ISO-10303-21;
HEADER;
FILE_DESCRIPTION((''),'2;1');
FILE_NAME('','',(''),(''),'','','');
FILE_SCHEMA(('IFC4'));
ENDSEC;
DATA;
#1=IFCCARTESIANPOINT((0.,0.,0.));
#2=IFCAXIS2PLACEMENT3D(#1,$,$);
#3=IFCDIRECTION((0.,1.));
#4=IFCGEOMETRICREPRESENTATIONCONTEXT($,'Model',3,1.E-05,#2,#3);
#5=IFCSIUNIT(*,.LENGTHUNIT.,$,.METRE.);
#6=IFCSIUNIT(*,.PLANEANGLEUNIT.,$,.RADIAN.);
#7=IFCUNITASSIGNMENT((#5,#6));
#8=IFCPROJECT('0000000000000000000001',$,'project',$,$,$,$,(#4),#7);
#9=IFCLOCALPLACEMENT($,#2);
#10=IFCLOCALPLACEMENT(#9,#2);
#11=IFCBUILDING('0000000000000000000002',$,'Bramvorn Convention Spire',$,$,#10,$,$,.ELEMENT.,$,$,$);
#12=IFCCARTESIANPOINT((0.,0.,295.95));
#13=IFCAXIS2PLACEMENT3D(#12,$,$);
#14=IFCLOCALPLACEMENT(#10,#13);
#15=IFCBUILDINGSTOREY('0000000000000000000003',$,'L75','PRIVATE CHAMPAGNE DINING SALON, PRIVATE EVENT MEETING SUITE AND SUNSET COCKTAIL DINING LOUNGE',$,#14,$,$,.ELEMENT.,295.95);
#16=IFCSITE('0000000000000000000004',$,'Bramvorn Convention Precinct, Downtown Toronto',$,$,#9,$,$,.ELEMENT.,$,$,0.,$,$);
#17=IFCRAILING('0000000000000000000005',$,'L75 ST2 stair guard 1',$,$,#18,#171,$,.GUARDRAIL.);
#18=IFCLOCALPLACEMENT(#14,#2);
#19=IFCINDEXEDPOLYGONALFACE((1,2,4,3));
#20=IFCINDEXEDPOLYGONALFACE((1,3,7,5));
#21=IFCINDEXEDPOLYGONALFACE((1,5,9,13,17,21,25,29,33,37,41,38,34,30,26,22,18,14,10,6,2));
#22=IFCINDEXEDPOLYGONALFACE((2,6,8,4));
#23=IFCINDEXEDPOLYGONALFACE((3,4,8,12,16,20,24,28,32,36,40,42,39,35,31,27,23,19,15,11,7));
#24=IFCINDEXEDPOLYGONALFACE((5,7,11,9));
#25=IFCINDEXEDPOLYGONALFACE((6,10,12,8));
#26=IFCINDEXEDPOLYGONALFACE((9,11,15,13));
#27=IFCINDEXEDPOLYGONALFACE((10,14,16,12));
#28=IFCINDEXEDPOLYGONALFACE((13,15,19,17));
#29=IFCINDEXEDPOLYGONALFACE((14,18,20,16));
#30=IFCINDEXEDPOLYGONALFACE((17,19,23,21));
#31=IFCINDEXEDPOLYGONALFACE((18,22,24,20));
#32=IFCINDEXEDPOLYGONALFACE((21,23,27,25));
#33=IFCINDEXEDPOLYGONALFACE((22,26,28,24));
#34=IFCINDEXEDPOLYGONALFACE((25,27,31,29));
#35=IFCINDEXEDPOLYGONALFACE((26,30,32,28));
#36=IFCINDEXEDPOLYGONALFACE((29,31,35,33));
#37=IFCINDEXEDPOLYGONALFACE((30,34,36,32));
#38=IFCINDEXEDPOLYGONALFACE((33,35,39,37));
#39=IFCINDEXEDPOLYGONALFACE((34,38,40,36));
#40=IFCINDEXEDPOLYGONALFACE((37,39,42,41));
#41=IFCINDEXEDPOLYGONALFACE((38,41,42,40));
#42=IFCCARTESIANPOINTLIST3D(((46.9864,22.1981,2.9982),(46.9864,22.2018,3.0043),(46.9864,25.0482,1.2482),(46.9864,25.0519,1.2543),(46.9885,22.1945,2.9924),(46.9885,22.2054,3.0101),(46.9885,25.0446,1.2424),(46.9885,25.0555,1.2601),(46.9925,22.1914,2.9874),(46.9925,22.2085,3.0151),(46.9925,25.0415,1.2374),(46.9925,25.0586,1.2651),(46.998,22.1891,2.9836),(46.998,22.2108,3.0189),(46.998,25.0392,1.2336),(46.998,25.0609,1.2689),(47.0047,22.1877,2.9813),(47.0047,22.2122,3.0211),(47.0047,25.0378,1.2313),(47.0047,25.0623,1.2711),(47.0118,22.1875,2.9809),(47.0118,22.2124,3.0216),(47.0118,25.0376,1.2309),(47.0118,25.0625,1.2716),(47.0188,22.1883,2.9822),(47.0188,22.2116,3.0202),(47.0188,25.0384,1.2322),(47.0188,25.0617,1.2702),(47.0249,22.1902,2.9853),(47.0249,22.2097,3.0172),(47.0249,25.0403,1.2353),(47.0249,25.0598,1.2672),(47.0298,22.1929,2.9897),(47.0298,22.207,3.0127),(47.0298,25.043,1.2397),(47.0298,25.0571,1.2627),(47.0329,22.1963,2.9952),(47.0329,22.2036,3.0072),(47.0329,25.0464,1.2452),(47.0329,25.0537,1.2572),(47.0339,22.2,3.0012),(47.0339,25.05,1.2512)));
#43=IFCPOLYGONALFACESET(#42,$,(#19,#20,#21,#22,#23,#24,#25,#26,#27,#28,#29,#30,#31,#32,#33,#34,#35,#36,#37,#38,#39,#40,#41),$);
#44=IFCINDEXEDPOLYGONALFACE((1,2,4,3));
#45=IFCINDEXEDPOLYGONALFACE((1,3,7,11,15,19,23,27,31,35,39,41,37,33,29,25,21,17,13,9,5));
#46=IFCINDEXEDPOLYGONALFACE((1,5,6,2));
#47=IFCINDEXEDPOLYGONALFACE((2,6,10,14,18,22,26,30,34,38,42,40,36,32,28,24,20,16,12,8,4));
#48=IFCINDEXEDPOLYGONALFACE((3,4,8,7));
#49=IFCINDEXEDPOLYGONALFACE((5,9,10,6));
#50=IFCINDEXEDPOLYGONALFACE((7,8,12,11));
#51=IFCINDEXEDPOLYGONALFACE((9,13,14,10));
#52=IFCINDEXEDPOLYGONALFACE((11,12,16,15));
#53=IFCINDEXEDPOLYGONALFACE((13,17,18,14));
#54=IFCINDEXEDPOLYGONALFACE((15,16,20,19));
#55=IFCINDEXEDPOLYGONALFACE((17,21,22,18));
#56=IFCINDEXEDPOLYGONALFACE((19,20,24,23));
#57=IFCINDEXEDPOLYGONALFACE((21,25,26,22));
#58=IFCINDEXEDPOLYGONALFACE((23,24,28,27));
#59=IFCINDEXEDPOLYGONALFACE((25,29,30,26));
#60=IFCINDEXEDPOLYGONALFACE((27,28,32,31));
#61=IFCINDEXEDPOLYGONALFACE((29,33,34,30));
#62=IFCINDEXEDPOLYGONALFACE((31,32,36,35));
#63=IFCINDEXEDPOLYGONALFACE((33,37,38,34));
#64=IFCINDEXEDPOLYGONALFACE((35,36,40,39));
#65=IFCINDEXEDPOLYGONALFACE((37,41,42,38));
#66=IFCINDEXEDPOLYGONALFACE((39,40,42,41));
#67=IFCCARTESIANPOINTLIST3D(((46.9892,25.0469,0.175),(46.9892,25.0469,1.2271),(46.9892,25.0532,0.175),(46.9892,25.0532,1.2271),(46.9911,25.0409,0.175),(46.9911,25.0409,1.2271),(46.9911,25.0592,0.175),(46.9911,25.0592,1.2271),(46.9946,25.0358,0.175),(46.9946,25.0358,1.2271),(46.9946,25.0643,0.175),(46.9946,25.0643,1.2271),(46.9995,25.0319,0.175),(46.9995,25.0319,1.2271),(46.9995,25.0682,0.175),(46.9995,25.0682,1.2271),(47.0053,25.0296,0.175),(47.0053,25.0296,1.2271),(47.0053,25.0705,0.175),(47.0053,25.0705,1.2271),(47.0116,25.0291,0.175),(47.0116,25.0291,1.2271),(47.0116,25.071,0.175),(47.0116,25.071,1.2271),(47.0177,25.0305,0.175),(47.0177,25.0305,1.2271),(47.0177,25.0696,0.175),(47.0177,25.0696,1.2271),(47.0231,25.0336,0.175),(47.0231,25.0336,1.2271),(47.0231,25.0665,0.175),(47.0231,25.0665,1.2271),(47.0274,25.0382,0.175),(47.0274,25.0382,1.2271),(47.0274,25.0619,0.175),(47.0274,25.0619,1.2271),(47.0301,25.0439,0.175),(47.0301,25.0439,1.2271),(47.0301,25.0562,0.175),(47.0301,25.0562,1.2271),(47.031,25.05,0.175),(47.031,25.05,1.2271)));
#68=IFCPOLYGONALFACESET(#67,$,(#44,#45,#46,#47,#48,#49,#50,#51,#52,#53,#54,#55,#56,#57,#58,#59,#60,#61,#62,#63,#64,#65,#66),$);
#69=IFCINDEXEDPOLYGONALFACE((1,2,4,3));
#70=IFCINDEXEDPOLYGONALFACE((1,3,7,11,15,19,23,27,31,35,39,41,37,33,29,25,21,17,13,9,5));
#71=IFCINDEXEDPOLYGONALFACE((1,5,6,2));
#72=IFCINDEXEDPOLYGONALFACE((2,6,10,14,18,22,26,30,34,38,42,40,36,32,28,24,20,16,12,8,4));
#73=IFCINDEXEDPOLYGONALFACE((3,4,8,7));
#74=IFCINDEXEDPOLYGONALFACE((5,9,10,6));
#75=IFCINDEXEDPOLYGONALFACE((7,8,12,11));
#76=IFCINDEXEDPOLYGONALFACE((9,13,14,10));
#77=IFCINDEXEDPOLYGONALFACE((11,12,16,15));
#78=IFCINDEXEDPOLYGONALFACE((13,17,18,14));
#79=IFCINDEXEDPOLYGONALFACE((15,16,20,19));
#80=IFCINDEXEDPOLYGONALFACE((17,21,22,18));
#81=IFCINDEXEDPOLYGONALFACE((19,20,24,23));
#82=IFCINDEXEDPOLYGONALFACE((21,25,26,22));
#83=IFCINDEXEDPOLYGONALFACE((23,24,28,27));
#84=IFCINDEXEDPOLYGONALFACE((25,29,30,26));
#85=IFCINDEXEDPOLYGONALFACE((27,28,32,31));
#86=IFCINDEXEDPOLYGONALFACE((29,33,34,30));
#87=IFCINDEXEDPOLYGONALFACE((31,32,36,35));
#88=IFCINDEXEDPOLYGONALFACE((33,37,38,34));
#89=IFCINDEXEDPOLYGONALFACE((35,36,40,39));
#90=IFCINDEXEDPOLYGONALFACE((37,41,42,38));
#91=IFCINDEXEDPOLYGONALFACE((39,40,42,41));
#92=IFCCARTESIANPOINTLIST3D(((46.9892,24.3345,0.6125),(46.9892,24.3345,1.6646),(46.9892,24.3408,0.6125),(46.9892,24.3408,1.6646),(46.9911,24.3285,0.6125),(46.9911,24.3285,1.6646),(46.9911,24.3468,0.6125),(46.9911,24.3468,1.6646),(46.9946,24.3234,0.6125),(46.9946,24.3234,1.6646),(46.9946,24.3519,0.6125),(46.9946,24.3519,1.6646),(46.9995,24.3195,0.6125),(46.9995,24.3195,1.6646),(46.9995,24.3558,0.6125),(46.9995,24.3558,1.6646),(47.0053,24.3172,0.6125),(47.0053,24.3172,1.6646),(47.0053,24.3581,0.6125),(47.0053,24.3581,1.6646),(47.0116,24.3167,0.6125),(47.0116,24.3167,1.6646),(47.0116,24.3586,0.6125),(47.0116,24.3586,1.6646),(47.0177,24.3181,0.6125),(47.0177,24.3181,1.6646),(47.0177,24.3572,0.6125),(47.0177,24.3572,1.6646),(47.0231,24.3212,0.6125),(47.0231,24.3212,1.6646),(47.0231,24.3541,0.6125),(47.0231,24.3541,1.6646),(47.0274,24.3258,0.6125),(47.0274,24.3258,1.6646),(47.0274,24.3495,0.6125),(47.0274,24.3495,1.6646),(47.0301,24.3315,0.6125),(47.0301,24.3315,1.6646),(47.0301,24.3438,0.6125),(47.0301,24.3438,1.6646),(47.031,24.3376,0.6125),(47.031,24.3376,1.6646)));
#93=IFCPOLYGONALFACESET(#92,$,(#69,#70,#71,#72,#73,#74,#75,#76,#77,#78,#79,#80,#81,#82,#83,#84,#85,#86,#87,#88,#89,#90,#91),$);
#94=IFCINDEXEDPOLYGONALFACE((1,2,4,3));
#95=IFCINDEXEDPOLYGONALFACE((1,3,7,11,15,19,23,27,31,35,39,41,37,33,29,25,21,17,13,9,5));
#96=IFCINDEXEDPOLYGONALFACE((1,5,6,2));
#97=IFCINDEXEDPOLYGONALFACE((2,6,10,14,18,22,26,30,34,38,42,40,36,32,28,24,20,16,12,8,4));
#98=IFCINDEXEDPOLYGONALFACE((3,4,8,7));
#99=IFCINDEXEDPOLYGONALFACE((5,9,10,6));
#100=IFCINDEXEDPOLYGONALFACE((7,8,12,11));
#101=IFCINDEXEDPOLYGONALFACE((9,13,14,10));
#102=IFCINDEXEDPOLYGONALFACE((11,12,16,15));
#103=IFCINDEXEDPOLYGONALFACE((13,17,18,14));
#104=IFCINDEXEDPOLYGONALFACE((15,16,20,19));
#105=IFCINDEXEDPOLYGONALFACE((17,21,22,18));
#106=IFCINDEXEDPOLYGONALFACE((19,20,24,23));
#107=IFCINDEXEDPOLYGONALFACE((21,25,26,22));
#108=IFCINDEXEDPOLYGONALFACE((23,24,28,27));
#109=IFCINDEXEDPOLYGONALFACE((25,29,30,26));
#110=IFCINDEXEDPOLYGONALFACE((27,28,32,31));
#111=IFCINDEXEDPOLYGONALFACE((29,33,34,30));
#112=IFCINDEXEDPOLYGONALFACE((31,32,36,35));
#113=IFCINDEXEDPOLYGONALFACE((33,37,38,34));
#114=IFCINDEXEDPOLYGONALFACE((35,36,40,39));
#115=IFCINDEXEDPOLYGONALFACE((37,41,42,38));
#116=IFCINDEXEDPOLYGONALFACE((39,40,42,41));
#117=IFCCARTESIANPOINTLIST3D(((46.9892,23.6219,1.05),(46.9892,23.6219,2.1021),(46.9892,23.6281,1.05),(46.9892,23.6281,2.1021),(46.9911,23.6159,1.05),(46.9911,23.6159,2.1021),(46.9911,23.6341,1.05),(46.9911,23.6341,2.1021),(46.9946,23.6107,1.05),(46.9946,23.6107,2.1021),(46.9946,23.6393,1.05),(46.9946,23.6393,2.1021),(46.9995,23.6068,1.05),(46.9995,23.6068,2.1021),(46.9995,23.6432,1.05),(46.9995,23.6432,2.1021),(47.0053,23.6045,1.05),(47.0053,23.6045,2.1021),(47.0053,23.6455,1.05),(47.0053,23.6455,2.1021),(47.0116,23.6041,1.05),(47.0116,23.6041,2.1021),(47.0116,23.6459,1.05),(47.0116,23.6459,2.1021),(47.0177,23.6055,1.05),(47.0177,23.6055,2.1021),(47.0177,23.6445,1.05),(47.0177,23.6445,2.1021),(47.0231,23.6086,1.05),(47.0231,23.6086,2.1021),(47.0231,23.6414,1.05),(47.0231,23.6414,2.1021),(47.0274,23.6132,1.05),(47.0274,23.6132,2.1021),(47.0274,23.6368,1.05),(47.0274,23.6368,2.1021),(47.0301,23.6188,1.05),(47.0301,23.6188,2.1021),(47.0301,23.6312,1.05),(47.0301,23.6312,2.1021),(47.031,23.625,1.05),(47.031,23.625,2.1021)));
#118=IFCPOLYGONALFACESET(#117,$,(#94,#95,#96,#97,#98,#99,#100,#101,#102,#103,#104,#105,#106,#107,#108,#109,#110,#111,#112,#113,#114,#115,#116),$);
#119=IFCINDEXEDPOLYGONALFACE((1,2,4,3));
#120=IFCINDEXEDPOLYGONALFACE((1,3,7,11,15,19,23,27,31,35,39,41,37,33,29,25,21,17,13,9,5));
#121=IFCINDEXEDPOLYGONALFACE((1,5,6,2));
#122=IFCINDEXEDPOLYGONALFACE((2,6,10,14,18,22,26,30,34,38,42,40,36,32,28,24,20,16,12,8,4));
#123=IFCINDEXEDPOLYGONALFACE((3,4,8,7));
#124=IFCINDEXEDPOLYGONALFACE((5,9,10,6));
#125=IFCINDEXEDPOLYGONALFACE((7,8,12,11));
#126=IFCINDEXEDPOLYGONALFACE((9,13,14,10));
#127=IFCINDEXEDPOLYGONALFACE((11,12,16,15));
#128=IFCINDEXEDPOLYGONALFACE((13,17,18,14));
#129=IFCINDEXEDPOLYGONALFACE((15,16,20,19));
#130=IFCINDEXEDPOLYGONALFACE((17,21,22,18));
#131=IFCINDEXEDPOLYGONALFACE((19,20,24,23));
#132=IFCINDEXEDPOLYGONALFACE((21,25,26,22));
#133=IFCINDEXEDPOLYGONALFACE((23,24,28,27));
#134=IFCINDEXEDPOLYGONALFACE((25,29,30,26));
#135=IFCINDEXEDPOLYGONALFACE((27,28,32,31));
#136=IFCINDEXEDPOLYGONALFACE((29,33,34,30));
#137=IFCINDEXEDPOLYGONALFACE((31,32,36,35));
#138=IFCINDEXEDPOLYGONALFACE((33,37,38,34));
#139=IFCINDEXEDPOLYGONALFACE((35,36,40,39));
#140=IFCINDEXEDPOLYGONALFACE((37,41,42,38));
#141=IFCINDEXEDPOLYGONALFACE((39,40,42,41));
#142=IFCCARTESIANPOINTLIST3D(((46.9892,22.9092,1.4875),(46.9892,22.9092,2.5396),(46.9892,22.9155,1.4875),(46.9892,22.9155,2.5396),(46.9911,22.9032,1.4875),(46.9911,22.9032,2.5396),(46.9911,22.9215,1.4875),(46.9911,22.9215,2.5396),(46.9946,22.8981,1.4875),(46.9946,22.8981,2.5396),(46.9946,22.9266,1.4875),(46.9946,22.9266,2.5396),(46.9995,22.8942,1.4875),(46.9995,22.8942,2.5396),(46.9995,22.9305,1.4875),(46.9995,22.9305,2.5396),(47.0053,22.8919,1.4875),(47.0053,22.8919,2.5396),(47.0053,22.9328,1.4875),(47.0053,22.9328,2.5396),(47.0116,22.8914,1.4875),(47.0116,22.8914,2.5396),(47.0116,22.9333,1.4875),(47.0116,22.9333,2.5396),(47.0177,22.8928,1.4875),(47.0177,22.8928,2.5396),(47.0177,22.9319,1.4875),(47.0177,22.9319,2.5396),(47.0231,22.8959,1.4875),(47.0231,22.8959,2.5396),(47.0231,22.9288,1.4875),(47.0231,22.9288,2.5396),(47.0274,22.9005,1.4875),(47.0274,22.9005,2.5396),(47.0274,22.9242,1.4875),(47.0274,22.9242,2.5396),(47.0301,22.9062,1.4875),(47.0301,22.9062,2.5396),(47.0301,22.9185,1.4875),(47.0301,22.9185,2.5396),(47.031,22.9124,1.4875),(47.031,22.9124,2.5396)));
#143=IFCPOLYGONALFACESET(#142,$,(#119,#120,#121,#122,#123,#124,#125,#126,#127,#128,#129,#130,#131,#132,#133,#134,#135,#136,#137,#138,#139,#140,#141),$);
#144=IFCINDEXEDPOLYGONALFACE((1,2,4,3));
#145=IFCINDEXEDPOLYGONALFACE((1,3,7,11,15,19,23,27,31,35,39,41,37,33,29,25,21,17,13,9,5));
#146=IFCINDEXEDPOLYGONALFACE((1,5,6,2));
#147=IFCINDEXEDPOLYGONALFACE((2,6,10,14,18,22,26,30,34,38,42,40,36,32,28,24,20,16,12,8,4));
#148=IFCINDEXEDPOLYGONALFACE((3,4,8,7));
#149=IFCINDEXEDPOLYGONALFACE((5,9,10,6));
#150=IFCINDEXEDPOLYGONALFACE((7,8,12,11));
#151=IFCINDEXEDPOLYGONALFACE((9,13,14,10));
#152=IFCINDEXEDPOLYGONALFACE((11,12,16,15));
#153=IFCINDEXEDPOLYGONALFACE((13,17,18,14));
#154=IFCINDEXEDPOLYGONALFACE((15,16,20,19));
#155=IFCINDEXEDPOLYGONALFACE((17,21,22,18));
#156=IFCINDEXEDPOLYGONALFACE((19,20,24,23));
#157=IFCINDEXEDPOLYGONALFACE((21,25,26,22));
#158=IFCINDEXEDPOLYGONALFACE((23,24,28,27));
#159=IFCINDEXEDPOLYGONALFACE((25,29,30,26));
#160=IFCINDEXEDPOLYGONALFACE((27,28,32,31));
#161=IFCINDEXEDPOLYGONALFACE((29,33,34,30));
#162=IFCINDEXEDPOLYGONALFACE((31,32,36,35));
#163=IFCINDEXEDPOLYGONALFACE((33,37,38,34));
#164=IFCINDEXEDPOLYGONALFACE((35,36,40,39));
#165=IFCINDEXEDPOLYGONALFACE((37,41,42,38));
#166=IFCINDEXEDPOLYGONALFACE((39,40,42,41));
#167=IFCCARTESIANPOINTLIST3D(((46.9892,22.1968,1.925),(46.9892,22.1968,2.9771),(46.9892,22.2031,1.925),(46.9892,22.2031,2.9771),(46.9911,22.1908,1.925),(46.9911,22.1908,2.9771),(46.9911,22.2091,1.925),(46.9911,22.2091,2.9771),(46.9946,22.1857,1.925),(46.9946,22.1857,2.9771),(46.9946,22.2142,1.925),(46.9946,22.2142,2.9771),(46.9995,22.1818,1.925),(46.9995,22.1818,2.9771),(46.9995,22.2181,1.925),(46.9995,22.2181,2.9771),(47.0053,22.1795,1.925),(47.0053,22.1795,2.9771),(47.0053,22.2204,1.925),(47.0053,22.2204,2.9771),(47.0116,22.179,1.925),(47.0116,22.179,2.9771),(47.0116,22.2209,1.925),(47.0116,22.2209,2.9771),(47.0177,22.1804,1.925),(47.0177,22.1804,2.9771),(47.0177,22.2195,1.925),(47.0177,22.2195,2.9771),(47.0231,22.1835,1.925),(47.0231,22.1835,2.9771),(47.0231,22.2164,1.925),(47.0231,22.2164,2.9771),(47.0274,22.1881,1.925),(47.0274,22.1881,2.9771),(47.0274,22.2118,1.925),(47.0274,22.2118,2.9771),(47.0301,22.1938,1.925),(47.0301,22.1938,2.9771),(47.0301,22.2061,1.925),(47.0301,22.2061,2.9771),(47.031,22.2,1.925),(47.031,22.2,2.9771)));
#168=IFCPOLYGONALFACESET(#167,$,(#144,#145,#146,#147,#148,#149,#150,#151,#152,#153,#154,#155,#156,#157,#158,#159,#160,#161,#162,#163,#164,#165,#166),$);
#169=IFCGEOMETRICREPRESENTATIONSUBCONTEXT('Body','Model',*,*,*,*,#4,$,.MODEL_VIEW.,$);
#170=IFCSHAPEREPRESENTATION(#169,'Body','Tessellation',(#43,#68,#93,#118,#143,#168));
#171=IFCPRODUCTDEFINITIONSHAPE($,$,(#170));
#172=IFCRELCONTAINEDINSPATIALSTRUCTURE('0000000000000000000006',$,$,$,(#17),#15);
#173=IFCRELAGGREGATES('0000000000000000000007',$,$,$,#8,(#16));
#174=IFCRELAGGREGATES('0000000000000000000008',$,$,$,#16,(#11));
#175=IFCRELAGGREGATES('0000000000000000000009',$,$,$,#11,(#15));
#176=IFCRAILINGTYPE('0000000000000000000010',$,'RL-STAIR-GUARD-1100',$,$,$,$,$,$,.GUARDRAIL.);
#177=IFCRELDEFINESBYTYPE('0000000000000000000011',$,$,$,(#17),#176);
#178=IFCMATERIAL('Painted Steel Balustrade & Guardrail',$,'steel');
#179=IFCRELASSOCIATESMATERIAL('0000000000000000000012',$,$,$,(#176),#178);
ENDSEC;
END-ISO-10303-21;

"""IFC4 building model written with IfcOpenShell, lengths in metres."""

from ifc_helpers import new_model, si_unit, direction, frame, origin, origin_2d, place, context, subcontext, project, spatial, circle, extrude, material, type_object, element, save


model = new_model("IFC4")

# Units and contexts
model_context = context("Model", 3, precision=1e-05, world=origin(), true_north=direction((0.0, 1.0)))
body_context = subcontext(model_context, "Body", "Model", "MODEL_VIEW")
ifc_project = project(units=[si_unit("LENGTHUNIT", "METRE"), si_unit("PLANEANGLEUNIT", "RADIAN")], contexts=[model_context])

# Site, building, storey
site_placement = place(None, origin())
site = spatial("IfcSite", under=ifc_project, at=site_placement, Name="Bramvorn Convention Precinct, Downtown Toronto", CompositionType="ELEMENT", RefElevation=0.0)
building_placement = place(site_placement, origin())
building = spatial("IfcBuilding", under=site, at=building_placement, Name="Bramvorn Convention Spire", CompositionType="ELEMENT")
storey_placement = place(building_placement, frame((0.0, 0.0, 295.95)))
storey = spatial("IfcBuildingStorey", under=building, at=storey_placement, Name="L75", Description="PRIVATE CHAMPAGNE DINING SALON, PRIVATE EVENT MEETING SUITE AND SUNSET COCKTAIL DINING LOUNGE", CompositionType="ELEMENT", Elevation=295.95)

# Railing
ifc_material_1 = material(Name="Painted Steel Balustrade & Guardrail", Category="steel")
railing_type_1 = type_object("IfcRailingType", Name="RL-STAIR-GUARD-1100", PredefinedType="GUARDRAIL", material=ifc_material_1)
railing_1_placement = place(storey_placement, frame((47.01, 25.05, 0.175)))
element("IfcRailing", 1, at=railing_1_placement, inside=storey, type_object=railing_type_1, Name="L75 ST2 stair guard 1", PredefinedType="GUARDRAIL", context=body_context, shape_type="SweptSolid", body=[
    extrude(circle(Radius=0.0239, at=origin_2d()), frame((0.0, 0.0, 1.0762), z_axis=(0.0, -0.852179, 0.52325), x_axis=(1.0, 0.0, 0.0)), (0.0, 0.0, 1.0), 3.3445),
    extrude(circle(Radius=0.021, at=origin_2d()), origin(), (0.0, 0.0, 1.0), 1.052),
    extrude(circle(Radius=0.021, at=origin_2d()), frame((0.0, -0.7124, 0.4375)), (0.0, 0.0, 1.0), 1.052),
    extrude(circle(Radius=0.021, at=origin_2d()), frame((0.0, -1.425, 0.875)), (0.0, 0.0, 1.0), 1.052),
    extrude(circle(Radius=0.021, at=origin_2d()), frame((0.0, -2.1377, 1.3125)), (0.0, 0.0, 1.0), 1.052),
    extrude(circle(Radius=0.021, at=origin_2d()), frame((0.0, -2.8501, 1.75)), (0.0, 0.0, 1.0), 1.052),
])

save(model, "model.ifc")
